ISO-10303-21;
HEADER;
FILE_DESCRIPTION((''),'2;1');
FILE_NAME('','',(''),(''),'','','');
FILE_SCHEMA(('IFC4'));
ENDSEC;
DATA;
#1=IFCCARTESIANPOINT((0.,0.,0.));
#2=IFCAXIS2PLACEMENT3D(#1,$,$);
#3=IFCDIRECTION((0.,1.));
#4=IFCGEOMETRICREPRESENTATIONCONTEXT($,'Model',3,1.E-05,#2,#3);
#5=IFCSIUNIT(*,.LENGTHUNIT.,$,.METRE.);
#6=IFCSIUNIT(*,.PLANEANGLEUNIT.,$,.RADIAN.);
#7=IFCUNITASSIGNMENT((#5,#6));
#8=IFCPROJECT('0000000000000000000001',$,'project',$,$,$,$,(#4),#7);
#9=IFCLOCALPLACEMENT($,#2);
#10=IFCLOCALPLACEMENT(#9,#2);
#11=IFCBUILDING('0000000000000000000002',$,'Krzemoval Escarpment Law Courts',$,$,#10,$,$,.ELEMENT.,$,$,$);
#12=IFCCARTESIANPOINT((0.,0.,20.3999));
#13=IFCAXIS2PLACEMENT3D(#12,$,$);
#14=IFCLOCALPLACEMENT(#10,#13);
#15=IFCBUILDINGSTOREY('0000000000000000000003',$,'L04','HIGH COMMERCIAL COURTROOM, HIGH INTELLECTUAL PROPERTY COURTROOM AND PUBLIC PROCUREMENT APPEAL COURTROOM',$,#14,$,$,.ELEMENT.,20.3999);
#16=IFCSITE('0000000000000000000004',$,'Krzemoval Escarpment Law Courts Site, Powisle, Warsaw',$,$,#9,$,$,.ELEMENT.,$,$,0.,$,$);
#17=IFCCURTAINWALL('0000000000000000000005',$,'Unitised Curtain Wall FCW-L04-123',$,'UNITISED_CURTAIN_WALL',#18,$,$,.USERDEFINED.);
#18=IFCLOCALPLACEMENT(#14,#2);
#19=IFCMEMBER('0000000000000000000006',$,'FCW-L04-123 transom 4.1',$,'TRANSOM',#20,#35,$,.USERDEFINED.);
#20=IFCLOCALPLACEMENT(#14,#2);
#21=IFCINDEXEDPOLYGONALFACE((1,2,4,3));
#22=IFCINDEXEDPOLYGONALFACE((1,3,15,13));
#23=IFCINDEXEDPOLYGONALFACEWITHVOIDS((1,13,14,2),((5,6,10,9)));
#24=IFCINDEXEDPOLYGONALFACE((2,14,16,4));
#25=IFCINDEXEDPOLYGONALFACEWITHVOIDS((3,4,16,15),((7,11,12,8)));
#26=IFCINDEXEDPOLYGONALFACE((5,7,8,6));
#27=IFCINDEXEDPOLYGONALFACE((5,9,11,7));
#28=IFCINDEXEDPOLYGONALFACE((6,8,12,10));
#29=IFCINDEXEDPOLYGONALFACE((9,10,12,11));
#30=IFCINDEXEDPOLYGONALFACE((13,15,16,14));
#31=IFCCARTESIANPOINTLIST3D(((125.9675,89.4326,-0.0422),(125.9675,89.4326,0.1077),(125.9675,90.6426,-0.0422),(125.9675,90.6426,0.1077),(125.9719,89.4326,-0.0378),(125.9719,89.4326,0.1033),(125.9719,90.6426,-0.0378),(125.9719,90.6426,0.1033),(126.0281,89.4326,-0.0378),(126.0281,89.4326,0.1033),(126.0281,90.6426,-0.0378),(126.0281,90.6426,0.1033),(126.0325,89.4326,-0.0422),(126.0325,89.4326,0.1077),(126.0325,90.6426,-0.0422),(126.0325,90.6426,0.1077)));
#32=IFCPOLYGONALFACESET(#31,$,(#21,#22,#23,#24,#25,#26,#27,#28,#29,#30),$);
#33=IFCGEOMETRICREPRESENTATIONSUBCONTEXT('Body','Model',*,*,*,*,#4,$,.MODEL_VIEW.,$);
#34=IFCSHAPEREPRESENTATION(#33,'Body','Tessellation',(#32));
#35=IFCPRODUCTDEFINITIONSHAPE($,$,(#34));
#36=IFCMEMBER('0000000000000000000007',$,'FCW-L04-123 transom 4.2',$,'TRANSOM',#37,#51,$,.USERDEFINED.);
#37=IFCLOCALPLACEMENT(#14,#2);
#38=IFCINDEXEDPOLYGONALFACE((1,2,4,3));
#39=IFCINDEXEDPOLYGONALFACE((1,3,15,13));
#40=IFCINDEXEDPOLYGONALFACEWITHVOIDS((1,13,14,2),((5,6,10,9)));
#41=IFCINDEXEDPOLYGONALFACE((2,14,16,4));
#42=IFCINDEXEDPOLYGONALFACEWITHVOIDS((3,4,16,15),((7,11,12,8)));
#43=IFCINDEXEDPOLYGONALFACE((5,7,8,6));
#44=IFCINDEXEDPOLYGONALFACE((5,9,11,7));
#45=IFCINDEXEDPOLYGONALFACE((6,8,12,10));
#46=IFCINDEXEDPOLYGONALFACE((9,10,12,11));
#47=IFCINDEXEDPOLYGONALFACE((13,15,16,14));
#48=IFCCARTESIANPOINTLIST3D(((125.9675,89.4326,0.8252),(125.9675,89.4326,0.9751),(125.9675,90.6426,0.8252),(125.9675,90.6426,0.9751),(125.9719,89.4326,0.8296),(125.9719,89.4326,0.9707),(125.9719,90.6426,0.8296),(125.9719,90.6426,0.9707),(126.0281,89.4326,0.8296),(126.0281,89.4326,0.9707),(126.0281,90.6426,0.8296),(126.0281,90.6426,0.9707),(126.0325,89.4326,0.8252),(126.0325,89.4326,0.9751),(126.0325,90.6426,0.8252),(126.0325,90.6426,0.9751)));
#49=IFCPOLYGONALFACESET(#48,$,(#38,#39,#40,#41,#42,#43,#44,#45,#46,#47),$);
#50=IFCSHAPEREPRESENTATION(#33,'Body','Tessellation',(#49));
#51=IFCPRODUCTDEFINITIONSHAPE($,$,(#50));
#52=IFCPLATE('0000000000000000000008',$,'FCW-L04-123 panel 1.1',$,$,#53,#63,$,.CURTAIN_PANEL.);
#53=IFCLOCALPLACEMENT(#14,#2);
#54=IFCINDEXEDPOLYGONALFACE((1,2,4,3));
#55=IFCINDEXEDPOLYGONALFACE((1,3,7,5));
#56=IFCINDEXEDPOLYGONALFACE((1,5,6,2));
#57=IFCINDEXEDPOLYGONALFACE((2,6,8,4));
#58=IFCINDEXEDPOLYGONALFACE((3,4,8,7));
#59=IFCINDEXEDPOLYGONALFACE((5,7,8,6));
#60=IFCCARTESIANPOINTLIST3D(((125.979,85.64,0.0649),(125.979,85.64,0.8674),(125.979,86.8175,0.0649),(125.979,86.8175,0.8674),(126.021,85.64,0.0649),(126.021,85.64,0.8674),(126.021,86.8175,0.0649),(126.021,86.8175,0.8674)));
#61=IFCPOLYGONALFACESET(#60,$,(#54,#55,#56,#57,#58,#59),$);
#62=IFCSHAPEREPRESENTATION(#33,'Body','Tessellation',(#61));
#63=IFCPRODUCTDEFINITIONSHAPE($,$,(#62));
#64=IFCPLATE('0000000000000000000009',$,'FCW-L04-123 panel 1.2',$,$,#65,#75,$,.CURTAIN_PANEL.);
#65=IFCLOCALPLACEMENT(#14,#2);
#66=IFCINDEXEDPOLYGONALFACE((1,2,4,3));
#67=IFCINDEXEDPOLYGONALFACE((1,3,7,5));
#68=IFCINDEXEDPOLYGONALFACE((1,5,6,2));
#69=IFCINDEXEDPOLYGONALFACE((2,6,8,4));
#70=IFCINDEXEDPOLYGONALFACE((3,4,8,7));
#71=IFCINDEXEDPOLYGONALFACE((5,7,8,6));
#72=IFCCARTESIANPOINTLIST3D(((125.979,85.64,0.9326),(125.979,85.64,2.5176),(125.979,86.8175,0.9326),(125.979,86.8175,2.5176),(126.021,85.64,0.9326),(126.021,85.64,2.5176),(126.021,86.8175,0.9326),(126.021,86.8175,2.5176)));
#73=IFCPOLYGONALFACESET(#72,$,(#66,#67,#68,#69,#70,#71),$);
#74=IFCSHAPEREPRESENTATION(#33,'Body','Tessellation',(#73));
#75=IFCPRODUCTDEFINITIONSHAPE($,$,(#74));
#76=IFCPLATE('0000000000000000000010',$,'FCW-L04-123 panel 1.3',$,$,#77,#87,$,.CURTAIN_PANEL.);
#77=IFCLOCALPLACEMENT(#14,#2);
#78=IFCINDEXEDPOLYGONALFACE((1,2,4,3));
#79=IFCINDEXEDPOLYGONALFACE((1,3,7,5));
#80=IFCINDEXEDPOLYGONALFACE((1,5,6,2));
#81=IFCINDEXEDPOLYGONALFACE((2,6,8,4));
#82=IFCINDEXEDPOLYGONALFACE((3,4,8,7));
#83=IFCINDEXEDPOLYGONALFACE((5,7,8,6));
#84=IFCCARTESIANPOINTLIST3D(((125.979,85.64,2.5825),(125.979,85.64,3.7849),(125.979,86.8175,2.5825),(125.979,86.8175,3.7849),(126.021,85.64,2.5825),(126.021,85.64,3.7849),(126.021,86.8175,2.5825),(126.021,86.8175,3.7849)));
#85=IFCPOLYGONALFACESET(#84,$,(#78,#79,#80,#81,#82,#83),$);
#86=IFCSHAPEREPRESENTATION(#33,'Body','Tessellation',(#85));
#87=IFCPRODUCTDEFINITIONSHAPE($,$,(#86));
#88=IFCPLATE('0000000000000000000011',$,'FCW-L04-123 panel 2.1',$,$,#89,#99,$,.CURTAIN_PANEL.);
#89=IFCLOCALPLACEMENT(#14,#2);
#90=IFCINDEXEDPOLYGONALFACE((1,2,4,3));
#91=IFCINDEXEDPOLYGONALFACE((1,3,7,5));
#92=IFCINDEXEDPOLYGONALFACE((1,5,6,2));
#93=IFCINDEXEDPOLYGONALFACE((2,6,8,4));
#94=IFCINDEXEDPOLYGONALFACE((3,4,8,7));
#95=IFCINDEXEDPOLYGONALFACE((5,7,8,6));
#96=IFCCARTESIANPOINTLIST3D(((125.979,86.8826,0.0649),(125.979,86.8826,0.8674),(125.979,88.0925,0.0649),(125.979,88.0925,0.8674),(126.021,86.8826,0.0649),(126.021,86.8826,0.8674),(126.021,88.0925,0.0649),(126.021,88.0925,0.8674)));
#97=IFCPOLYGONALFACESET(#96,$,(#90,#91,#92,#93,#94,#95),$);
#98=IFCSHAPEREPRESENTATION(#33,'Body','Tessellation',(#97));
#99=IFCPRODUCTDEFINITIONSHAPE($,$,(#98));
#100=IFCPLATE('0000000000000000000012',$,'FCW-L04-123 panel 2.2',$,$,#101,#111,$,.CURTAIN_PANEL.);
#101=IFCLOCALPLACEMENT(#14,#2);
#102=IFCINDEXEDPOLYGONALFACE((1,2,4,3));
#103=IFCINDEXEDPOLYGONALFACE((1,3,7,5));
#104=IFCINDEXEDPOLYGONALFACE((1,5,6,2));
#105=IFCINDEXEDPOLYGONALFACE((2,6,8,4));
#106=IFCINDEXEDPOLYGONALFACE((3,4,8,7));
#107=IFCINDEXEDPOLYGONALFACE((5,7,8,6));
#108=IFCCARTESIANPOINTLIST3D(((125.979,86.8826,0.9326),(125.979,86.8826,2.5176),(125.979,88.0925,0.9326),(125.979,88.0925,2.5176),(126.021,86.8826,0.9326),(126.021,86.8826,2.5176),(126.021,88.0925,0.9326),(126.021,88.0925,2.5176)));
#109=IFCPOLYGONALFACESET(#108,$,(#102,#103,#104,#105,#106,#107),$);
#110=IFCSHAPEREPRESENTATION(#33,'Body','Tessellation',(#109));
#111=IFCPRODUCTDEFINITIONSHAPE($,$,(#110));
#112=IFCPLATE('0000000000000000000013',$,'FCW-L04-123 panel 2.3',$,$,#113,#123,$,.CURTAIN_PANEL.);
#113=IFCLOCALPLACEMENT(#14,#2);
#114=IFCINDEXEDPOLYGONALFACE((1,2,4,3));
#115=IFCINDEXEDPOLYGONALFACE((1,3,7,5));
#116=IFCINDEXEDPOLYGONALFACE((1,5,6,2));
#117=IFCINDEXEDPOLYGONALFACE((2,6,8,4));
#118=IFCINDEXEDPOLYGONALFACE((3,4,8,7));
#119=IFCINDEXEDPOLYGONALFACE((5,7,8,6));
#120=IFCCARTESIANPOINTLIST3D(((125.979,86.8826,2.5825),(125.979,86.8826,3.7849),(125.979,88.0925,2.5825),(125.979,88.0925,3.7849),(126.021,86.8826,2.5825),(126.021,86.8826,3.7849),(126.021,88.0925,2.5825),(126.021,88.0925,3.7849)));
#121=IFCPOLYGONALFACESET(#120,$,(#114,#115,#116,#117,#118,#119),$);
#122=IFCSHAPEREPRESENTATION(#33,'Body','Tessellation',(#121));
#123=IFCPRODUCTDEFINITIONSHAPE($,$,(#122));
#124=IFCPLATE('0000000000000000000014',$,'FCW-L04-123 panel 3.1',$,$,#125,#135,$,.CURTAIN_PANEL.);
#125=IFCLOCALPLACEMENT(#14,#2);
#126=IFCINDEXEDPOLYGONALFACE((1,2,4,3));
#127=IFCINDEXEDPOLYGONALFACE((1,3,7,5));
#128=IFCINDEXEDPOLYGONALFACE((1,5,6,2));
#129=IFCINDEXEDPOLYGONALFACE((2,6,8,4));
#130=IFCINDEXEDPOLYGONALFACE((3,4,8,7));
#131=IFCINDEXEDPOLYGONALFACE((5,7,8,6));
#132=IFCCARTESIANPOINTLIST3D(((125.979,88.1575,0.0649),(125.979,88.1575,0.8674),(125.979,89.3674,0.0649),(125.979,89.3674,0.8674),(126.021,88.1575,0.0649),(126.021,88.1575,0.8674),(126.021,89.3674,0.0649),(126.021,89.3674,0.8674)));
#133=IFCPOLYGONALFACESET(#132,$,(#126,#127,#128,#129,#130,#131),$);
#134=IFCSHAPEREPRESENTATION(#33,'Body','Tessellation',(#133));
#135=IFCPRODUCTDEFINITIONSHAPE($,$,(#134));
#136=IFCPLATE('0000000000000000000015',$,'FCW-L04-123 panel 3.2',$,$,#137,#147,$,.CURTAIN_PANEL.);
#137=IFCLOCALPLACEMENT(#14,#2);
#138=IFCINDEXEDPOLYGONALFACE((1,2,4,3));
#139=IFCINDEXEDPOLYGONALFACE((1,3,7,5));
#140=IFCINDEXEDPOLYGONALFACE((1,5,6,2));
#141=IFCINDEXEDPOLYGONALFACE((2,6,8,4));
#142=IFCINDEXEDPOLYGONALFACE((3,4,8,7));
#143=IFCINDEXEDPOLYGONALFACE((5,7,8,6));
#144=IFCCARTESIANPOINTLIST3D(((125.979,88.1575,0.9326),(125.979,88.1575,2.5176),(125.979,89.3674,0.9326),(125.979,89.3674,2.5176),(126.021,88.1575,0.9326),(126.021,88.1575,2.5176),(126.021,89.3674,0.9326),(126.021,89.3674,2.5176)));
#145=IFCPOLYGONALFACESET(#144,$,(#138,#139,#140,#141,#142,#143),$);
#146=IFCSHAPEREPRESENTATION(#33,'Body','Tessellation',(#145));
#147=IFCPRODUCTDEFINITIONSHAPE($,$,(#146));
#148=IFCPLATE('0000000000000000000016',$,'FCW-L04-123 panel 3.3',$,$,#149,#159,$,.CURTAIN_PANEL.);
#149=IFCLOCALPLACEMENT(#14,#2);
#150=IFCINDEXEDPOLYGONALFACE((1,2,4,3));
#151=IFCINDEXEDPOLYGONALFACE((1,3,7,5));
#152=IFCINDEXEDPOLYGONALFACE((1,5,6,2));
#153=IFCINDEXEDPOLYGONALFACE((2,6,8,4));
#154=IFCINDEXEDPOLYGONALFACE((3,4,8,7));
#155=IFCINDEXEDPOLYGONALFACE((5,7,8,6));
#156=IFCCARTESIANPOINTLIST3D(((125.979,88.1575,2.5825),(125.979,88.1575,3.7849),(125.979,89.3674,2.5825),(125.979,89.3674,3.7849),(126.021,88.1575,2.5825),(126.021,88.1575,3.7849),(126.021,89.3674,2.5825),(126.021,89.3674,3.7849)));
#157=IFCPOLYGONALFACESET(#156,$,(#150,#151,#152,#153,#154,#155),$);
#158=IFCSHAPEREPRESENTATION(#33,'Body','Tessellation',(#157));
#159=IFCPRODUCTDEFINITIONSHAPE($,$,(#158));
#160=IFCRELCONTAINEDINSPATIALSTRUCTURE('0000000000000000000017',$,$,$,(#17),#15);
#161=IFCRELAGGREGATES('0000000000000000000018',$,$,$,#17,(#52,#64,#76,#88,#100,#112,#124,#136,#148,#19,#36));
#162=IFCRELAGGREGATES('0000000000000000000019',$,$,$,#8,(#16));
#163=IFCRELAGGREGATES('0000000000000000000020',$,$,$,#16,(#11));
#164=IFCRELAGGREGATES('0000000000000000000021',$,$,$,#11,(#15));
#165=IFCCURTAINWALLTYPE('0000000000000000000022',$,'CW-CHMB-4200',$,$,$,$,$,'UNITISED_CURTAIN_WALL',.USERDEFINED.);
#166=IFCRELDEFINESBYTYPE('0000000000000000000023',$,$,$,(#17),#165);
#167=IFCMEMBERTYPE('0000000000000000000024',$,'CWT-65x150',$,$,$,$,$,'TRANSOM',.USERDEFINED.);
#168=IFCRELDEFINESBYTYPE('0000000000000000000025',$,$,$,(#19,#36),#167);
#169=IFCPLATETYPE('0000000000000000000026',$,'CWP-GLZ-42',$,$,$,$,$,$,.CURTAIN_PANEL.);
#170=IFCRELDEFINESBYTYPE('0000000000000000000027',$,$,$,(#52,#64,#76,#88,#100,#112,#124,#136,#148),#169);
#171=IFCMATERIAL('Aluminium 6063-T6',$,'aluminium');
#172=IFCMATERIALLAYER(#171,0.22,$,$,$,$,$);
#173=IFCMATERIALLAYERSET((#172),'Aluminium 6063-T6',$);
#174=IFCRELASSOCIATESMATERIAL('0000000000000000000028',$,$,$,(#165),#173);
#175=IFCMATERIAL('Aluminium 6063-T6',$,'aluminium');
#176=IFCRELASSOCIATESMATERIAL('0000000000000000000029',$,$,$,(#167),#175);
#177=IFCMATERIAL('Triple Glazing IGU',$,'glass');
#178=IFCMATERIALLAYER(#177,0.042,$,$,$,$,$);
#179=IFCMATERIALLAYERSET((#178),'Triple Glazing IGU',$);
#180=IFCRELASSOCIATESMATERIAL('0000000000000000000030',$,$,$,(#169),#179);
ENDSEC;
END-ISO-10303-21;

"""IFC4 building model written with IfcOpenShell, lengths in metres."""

from ifc_helpers import new_model, si_unit, direction, frame, origin, origin_2d, place, context, subcontext, project, spatial, rectangle, hollow_rectangle, extrude, material, layer, layer_set, material_profile, profile_set, type_object, element, aggregate, save


model = new_model("IFC4")

# Units and contexts
model_context = context("Model", 3, precision=1e-05, world=origin(), true_north=direction((0.0, 1.0)))
body_context = subcontext(model_context, "Body", "Model", "MODEL_VIEW")
ifc_project = project(units=[si_unit("LENGTHUNIT", "METRE"), si_unit("PLANEANGLEUNIT", "RADIAN")], contexts=[model_context])

# Site, building, storey
site_placement = place(None, origin())
site = spatial("IfcSite", under=ifc_project, at=site_placement, Name="Krzemoval Escarpment Law Courts Site, Powisle, Warsaw", CompositionType="ELEMENT", RefElevation=0.0)
building_placement = place(site_placement, origin())
building = spatial("IfcBuilding", under=site, at=building_placement, Name="Krzemoval Escarpment Law Courts", CompositionType="ELEMENT")
storey_placement = place(building_placement, frame((0.0, 0.0, 20.3999)))
storey = spatial("IfcBuildingStorey", under=building, at=storey_placement, Name="L04", Description="HIGH COMMERCIAL COURTROOM, HIGH INTELLECTUAL PROPERTY COURTROOM AND PUBLIC PROCUREMENT APPEAL COURTROOM", CompositionType="ELEMENT", Elevation=20.3999)

# Curtain wall, members, plates
ifc_material_1 = material(Name="Aluminium 6063-T6", Category="aluminium")
ifc_layer_1 = layer(ifc_material_1, 0.22)
ifc_layer_set_1 = layer_set([ifc_layer_1], Name="Aluminium 6063-T6")
curtain_wall_type = type_object("IfcCurtainWallType", Name="CW-CHMB-4200", ElementType="UNITISED_CURTAIN_WALL", PredefinedType="USERDEFINED", material=ifc_layer_set_1)
curtain_wall_placement = place(storey_placement, origin())
curtain_wall = element("IfcCurtainWall", 1, at=curtain_wall_placement, inside=storey, type_object=curtain_wall_type, Name="Unitised Curtain Wall FCW-L04-123", ObjectType="UNITISED_CURTAIN_WALL", PredefinedType="USERDEFINED")
ifc_material_2 = material(Name="Aluminium 6063-T6", Category="aluminium")
ifc_material_profile_1 = material_profile(ifc_material_2, hollow_rectangle(XDim=0.0649, YDim=0.1499, WallThickness=0.0044, at=origin_2d()), Name="ALU T65x150")
ifc_profile_set_1 = profile_set([ifc_material_profile_1], Name="Aluminium 6063-T6")
member_type_1 = type_object("IfcMemberType", Name="CWT-65x150", ElementType="TRANSOM", PredefinedType="USERDEFINED", material=ifc_profile_set_1)
member_1_placement = place(storey_placement, frame((126.0, 89.4326, 0.0327), z_axis=(0.0, 1.0, 0.0), x_axis=(-1.0, 0.0, 0.0)))
member_1 = element("IfcMember", 2, at=member_1_placement, type_object=member_type_1, Name="FCW-L04-123 transom 4.1", ObjectType="TRANSOM", PredefinedType="USERDEFINED", context=body_context, shape_type="SweptSolid", body=[
    extrude(hollow_rectangle(XDim=0.0649, YDim=0.1499, WallThickness=0.0044, at=origin_2d()), origin(), (0.0, 0.0, 1.0), 1.21),
])
member_2_placement = place(storey_placement, frame((126.0, 89.4326, 0.9001), z_axis=(0.0, 1.0, 0.0), x_axis=(-1.0, 0.0, 0.0)))
member_2 = element("IfcMember", 3, at=member_2_placement, type_object=member_type_1, Name="FCW-L04-123 transom 4.2", ObjectType="TRANSOM", PredefinedType="USERDEFINED", context=body_context, shape_type="SweptSolid", body=[
    extrude(hollow_rectangle(XDim=0.0649, YDim=0.1499, WallThickness=0.0044, at=origin_2d()), origin(), (0.0, 0.0, 1.0), 1.21),
])
ifc_material_3 = material(Name="Triple Glazing IGU", Category="glass")
ifc_layer_2 = layer(ifc_material_3, 0.042)
ifc_layer_set_2 = layer_set([ifc_layer_2], Name="Triple Glazing IGU")
plate_type = type_object("IfcPlateType", Name="CWP-GLZ-42", PredefinedType="CURTAIN_PANEL", material=ifc_layer_set_2)
plate_1_placement = place(storey_placement, frame((126.0, 86.2288, 0.0649), z_axis=(0.0, 0.0, 1.0), x_axis=(0.0, 1.0, 0.0)))
plate_1 = element("IfcPlate", 4, at=plate_1_placement, type_object=plate_type, Name="FCW-L04-123 panel 1.1", PredefinedType="CURTAIN_PANEL", context=body_context, shape_type="SweptSolid", body=[
    extrude(rectangle(XDim=1.1775, YDim=0.042, at=origin_2d()), origin(), (0.0, 0.0, 1.0), 0.8025),
])
plate_2_placement = place(storey_placement, frame((126.0, 86.2288, 0.9326), z_axis=(0.0, 0.0, 1.0), x_axis=(0.0, 1.0, 0.0)))
plate_2 = element("IfcPlate", 5, at=plate_2_placement, type_object=plate_type, Name="FCW-L04-123 panel 1.2", PredefinedType="CURTAIN_PANEL", context=body_context, shape_type="SweptSolid", body=[
    extrude(rectangle(XDim=1.1775, YDim=0.042, at=origin_2d()), origin(), (0.0, 0.0, 1.0), 1.585),
])
plate_3_placement = place(storey_placement, frame((126.0, 86.2288, 2.5825), z_axis=(0.0, 0.0, 1.0), x_axis=(0.0, 1.0, 0.0)))
plate_3 = element("IfcPlate", 6, at=plate_3_placement, type_object=plate_type, Name="FCW-L04-123 panel 1.3", PredefinedType="CURTAIN_PANEL", context=body_context, shape_type="SweptSolid", body=[
    extrude(rectangle(XDim=1.1775, YDim=0.042, at=origin_2d()), origin(), (0.0, 0.0, 1.0), 1.2024),
])
plate_4_placement = place(storey_placement, frame((126.0, 87.4875, 0.0649), z_axis=(0.0, 0.0, 1.0), x_axis=(0.0, 1.0, 0.0)))
plate_4 = element("IfcPlate", 7, at=plate_4_placement, type_object=plate_type, Name="FCW-L04-123 panel 2.1", PredefinedType="CURTAIN_PANEL", context=body_context, shape_type="SweptSolid", body=[
    extrude(rectangle(XDim=1.21, YDim=0.042, at=origin_2d()), origin(), (0.0, 0.0, 1.0), 0.8025),
])
plate_5_placement = place(storey_placement, frame((126.0, 87.4875, 0.9326), z_axis=(0.0, 0.0, 1.0), x_axis=(0.0, 1.0, 0.0)))
plate_5 = element("IfcPlate", 8, at=plate_5_placement, type_object=plate_type, Name="FCW-L04-123 panel 2.2", PredefinedType="CURTAIN_PANEL", context=body_context, shape_type="SweptSolid", body=[
    extrude(rectangle(XDim=1.21, YDim=0.042, at=origin_2d()), origin(), (0.0, 0.0, 1.0), 1.585),
])
plate_6_placement = place(storey_placement, frame((126.0, 87.4875, 2.5825), z_axis=(0.0, 0.0, 1.0), x_axis=(0.0, 1.0, 0.0)))
plate_6 = element("IfcPlate", 9, at=plate_6_placement, type_object=plate_type, Name="FCW-L04-123 panel 2.3", PredefinedType="CURTAIN_PANEL", context=body_context, shape_type="SweptSolid", body=[
    extrude(rectangle(XDim=1.21, YDim=0.042, at=origin_2d()), origin(), (0.0, 0.0, 1.0), 1.2024),
])
plate_7_placement = place(storey_placement, frame((126.0, 88.7625, 0.0649), z_axis=(0.0, 0.0, 1.0), x_axis=(0.0, 1.0, 0.0)))
plate_7 = element("IfcPlate", 10, at=plate_7_placement, type_object=plate_type, Name="FCW-L04-123 panel 3.1", PredefinedType="CURTAIN_PANEL", context=body_context, shape_type="SweptSolid", body=[
    extrude(rectangle(XDim=1.21, YDim=0.042, at=origin_2d()), origin(), (0.0, 0.0, 1.0), 0.8025),
])
plate_8_placement = place(storey_placement, frame((126.0, 88.7625, 0.9326), z_axis=(0.0, 0.0, 1.0), x_axis=(0.0, 1.0, 0.0)))
plate_8 = element("IfcPlate", 11, at=plate_8_placement, type_object=plate_type, Name="FCW-L04-123 panel 3.2", PredefinedType="CURTAIN_PANEL", context=body_context, shape_type="SweptSolid", body=[
    extrude(rectangle(XDim=1.21, YDim=0.042, at=origin_2d()), origin(), (0.0, 0.0, 1.0), 1.585),
])
plate_9_placement = place(storey_placement, frame((126.0, 88.7625, 2.5825), z_axis=(0.0, 0.0, 1.0), x_axis=(0.0, 1.0, 0.0)))
plate_9 = element("IfcPlate", 12, at=plate_9_placement, type_object=plate_type, Name="FCW-L04-123 panel 3.3", PredefinedType="CURTAIN_PANEL", context=body_context, shape_type="SweptSolid", body=[
    extrude(rectangle(XDim=1.21, YDim=0.042, at=origin_2d()), origin(), (0.0, 0.0, 1.0), 1.2024),
])
aggregate(curtain_wall, [plate_1, plate_2, plate_3, plate_4, plate_5, plate_6, plate_7, plate_8, plate_9, member_1, member_2])

save(model, "model.ifc")
